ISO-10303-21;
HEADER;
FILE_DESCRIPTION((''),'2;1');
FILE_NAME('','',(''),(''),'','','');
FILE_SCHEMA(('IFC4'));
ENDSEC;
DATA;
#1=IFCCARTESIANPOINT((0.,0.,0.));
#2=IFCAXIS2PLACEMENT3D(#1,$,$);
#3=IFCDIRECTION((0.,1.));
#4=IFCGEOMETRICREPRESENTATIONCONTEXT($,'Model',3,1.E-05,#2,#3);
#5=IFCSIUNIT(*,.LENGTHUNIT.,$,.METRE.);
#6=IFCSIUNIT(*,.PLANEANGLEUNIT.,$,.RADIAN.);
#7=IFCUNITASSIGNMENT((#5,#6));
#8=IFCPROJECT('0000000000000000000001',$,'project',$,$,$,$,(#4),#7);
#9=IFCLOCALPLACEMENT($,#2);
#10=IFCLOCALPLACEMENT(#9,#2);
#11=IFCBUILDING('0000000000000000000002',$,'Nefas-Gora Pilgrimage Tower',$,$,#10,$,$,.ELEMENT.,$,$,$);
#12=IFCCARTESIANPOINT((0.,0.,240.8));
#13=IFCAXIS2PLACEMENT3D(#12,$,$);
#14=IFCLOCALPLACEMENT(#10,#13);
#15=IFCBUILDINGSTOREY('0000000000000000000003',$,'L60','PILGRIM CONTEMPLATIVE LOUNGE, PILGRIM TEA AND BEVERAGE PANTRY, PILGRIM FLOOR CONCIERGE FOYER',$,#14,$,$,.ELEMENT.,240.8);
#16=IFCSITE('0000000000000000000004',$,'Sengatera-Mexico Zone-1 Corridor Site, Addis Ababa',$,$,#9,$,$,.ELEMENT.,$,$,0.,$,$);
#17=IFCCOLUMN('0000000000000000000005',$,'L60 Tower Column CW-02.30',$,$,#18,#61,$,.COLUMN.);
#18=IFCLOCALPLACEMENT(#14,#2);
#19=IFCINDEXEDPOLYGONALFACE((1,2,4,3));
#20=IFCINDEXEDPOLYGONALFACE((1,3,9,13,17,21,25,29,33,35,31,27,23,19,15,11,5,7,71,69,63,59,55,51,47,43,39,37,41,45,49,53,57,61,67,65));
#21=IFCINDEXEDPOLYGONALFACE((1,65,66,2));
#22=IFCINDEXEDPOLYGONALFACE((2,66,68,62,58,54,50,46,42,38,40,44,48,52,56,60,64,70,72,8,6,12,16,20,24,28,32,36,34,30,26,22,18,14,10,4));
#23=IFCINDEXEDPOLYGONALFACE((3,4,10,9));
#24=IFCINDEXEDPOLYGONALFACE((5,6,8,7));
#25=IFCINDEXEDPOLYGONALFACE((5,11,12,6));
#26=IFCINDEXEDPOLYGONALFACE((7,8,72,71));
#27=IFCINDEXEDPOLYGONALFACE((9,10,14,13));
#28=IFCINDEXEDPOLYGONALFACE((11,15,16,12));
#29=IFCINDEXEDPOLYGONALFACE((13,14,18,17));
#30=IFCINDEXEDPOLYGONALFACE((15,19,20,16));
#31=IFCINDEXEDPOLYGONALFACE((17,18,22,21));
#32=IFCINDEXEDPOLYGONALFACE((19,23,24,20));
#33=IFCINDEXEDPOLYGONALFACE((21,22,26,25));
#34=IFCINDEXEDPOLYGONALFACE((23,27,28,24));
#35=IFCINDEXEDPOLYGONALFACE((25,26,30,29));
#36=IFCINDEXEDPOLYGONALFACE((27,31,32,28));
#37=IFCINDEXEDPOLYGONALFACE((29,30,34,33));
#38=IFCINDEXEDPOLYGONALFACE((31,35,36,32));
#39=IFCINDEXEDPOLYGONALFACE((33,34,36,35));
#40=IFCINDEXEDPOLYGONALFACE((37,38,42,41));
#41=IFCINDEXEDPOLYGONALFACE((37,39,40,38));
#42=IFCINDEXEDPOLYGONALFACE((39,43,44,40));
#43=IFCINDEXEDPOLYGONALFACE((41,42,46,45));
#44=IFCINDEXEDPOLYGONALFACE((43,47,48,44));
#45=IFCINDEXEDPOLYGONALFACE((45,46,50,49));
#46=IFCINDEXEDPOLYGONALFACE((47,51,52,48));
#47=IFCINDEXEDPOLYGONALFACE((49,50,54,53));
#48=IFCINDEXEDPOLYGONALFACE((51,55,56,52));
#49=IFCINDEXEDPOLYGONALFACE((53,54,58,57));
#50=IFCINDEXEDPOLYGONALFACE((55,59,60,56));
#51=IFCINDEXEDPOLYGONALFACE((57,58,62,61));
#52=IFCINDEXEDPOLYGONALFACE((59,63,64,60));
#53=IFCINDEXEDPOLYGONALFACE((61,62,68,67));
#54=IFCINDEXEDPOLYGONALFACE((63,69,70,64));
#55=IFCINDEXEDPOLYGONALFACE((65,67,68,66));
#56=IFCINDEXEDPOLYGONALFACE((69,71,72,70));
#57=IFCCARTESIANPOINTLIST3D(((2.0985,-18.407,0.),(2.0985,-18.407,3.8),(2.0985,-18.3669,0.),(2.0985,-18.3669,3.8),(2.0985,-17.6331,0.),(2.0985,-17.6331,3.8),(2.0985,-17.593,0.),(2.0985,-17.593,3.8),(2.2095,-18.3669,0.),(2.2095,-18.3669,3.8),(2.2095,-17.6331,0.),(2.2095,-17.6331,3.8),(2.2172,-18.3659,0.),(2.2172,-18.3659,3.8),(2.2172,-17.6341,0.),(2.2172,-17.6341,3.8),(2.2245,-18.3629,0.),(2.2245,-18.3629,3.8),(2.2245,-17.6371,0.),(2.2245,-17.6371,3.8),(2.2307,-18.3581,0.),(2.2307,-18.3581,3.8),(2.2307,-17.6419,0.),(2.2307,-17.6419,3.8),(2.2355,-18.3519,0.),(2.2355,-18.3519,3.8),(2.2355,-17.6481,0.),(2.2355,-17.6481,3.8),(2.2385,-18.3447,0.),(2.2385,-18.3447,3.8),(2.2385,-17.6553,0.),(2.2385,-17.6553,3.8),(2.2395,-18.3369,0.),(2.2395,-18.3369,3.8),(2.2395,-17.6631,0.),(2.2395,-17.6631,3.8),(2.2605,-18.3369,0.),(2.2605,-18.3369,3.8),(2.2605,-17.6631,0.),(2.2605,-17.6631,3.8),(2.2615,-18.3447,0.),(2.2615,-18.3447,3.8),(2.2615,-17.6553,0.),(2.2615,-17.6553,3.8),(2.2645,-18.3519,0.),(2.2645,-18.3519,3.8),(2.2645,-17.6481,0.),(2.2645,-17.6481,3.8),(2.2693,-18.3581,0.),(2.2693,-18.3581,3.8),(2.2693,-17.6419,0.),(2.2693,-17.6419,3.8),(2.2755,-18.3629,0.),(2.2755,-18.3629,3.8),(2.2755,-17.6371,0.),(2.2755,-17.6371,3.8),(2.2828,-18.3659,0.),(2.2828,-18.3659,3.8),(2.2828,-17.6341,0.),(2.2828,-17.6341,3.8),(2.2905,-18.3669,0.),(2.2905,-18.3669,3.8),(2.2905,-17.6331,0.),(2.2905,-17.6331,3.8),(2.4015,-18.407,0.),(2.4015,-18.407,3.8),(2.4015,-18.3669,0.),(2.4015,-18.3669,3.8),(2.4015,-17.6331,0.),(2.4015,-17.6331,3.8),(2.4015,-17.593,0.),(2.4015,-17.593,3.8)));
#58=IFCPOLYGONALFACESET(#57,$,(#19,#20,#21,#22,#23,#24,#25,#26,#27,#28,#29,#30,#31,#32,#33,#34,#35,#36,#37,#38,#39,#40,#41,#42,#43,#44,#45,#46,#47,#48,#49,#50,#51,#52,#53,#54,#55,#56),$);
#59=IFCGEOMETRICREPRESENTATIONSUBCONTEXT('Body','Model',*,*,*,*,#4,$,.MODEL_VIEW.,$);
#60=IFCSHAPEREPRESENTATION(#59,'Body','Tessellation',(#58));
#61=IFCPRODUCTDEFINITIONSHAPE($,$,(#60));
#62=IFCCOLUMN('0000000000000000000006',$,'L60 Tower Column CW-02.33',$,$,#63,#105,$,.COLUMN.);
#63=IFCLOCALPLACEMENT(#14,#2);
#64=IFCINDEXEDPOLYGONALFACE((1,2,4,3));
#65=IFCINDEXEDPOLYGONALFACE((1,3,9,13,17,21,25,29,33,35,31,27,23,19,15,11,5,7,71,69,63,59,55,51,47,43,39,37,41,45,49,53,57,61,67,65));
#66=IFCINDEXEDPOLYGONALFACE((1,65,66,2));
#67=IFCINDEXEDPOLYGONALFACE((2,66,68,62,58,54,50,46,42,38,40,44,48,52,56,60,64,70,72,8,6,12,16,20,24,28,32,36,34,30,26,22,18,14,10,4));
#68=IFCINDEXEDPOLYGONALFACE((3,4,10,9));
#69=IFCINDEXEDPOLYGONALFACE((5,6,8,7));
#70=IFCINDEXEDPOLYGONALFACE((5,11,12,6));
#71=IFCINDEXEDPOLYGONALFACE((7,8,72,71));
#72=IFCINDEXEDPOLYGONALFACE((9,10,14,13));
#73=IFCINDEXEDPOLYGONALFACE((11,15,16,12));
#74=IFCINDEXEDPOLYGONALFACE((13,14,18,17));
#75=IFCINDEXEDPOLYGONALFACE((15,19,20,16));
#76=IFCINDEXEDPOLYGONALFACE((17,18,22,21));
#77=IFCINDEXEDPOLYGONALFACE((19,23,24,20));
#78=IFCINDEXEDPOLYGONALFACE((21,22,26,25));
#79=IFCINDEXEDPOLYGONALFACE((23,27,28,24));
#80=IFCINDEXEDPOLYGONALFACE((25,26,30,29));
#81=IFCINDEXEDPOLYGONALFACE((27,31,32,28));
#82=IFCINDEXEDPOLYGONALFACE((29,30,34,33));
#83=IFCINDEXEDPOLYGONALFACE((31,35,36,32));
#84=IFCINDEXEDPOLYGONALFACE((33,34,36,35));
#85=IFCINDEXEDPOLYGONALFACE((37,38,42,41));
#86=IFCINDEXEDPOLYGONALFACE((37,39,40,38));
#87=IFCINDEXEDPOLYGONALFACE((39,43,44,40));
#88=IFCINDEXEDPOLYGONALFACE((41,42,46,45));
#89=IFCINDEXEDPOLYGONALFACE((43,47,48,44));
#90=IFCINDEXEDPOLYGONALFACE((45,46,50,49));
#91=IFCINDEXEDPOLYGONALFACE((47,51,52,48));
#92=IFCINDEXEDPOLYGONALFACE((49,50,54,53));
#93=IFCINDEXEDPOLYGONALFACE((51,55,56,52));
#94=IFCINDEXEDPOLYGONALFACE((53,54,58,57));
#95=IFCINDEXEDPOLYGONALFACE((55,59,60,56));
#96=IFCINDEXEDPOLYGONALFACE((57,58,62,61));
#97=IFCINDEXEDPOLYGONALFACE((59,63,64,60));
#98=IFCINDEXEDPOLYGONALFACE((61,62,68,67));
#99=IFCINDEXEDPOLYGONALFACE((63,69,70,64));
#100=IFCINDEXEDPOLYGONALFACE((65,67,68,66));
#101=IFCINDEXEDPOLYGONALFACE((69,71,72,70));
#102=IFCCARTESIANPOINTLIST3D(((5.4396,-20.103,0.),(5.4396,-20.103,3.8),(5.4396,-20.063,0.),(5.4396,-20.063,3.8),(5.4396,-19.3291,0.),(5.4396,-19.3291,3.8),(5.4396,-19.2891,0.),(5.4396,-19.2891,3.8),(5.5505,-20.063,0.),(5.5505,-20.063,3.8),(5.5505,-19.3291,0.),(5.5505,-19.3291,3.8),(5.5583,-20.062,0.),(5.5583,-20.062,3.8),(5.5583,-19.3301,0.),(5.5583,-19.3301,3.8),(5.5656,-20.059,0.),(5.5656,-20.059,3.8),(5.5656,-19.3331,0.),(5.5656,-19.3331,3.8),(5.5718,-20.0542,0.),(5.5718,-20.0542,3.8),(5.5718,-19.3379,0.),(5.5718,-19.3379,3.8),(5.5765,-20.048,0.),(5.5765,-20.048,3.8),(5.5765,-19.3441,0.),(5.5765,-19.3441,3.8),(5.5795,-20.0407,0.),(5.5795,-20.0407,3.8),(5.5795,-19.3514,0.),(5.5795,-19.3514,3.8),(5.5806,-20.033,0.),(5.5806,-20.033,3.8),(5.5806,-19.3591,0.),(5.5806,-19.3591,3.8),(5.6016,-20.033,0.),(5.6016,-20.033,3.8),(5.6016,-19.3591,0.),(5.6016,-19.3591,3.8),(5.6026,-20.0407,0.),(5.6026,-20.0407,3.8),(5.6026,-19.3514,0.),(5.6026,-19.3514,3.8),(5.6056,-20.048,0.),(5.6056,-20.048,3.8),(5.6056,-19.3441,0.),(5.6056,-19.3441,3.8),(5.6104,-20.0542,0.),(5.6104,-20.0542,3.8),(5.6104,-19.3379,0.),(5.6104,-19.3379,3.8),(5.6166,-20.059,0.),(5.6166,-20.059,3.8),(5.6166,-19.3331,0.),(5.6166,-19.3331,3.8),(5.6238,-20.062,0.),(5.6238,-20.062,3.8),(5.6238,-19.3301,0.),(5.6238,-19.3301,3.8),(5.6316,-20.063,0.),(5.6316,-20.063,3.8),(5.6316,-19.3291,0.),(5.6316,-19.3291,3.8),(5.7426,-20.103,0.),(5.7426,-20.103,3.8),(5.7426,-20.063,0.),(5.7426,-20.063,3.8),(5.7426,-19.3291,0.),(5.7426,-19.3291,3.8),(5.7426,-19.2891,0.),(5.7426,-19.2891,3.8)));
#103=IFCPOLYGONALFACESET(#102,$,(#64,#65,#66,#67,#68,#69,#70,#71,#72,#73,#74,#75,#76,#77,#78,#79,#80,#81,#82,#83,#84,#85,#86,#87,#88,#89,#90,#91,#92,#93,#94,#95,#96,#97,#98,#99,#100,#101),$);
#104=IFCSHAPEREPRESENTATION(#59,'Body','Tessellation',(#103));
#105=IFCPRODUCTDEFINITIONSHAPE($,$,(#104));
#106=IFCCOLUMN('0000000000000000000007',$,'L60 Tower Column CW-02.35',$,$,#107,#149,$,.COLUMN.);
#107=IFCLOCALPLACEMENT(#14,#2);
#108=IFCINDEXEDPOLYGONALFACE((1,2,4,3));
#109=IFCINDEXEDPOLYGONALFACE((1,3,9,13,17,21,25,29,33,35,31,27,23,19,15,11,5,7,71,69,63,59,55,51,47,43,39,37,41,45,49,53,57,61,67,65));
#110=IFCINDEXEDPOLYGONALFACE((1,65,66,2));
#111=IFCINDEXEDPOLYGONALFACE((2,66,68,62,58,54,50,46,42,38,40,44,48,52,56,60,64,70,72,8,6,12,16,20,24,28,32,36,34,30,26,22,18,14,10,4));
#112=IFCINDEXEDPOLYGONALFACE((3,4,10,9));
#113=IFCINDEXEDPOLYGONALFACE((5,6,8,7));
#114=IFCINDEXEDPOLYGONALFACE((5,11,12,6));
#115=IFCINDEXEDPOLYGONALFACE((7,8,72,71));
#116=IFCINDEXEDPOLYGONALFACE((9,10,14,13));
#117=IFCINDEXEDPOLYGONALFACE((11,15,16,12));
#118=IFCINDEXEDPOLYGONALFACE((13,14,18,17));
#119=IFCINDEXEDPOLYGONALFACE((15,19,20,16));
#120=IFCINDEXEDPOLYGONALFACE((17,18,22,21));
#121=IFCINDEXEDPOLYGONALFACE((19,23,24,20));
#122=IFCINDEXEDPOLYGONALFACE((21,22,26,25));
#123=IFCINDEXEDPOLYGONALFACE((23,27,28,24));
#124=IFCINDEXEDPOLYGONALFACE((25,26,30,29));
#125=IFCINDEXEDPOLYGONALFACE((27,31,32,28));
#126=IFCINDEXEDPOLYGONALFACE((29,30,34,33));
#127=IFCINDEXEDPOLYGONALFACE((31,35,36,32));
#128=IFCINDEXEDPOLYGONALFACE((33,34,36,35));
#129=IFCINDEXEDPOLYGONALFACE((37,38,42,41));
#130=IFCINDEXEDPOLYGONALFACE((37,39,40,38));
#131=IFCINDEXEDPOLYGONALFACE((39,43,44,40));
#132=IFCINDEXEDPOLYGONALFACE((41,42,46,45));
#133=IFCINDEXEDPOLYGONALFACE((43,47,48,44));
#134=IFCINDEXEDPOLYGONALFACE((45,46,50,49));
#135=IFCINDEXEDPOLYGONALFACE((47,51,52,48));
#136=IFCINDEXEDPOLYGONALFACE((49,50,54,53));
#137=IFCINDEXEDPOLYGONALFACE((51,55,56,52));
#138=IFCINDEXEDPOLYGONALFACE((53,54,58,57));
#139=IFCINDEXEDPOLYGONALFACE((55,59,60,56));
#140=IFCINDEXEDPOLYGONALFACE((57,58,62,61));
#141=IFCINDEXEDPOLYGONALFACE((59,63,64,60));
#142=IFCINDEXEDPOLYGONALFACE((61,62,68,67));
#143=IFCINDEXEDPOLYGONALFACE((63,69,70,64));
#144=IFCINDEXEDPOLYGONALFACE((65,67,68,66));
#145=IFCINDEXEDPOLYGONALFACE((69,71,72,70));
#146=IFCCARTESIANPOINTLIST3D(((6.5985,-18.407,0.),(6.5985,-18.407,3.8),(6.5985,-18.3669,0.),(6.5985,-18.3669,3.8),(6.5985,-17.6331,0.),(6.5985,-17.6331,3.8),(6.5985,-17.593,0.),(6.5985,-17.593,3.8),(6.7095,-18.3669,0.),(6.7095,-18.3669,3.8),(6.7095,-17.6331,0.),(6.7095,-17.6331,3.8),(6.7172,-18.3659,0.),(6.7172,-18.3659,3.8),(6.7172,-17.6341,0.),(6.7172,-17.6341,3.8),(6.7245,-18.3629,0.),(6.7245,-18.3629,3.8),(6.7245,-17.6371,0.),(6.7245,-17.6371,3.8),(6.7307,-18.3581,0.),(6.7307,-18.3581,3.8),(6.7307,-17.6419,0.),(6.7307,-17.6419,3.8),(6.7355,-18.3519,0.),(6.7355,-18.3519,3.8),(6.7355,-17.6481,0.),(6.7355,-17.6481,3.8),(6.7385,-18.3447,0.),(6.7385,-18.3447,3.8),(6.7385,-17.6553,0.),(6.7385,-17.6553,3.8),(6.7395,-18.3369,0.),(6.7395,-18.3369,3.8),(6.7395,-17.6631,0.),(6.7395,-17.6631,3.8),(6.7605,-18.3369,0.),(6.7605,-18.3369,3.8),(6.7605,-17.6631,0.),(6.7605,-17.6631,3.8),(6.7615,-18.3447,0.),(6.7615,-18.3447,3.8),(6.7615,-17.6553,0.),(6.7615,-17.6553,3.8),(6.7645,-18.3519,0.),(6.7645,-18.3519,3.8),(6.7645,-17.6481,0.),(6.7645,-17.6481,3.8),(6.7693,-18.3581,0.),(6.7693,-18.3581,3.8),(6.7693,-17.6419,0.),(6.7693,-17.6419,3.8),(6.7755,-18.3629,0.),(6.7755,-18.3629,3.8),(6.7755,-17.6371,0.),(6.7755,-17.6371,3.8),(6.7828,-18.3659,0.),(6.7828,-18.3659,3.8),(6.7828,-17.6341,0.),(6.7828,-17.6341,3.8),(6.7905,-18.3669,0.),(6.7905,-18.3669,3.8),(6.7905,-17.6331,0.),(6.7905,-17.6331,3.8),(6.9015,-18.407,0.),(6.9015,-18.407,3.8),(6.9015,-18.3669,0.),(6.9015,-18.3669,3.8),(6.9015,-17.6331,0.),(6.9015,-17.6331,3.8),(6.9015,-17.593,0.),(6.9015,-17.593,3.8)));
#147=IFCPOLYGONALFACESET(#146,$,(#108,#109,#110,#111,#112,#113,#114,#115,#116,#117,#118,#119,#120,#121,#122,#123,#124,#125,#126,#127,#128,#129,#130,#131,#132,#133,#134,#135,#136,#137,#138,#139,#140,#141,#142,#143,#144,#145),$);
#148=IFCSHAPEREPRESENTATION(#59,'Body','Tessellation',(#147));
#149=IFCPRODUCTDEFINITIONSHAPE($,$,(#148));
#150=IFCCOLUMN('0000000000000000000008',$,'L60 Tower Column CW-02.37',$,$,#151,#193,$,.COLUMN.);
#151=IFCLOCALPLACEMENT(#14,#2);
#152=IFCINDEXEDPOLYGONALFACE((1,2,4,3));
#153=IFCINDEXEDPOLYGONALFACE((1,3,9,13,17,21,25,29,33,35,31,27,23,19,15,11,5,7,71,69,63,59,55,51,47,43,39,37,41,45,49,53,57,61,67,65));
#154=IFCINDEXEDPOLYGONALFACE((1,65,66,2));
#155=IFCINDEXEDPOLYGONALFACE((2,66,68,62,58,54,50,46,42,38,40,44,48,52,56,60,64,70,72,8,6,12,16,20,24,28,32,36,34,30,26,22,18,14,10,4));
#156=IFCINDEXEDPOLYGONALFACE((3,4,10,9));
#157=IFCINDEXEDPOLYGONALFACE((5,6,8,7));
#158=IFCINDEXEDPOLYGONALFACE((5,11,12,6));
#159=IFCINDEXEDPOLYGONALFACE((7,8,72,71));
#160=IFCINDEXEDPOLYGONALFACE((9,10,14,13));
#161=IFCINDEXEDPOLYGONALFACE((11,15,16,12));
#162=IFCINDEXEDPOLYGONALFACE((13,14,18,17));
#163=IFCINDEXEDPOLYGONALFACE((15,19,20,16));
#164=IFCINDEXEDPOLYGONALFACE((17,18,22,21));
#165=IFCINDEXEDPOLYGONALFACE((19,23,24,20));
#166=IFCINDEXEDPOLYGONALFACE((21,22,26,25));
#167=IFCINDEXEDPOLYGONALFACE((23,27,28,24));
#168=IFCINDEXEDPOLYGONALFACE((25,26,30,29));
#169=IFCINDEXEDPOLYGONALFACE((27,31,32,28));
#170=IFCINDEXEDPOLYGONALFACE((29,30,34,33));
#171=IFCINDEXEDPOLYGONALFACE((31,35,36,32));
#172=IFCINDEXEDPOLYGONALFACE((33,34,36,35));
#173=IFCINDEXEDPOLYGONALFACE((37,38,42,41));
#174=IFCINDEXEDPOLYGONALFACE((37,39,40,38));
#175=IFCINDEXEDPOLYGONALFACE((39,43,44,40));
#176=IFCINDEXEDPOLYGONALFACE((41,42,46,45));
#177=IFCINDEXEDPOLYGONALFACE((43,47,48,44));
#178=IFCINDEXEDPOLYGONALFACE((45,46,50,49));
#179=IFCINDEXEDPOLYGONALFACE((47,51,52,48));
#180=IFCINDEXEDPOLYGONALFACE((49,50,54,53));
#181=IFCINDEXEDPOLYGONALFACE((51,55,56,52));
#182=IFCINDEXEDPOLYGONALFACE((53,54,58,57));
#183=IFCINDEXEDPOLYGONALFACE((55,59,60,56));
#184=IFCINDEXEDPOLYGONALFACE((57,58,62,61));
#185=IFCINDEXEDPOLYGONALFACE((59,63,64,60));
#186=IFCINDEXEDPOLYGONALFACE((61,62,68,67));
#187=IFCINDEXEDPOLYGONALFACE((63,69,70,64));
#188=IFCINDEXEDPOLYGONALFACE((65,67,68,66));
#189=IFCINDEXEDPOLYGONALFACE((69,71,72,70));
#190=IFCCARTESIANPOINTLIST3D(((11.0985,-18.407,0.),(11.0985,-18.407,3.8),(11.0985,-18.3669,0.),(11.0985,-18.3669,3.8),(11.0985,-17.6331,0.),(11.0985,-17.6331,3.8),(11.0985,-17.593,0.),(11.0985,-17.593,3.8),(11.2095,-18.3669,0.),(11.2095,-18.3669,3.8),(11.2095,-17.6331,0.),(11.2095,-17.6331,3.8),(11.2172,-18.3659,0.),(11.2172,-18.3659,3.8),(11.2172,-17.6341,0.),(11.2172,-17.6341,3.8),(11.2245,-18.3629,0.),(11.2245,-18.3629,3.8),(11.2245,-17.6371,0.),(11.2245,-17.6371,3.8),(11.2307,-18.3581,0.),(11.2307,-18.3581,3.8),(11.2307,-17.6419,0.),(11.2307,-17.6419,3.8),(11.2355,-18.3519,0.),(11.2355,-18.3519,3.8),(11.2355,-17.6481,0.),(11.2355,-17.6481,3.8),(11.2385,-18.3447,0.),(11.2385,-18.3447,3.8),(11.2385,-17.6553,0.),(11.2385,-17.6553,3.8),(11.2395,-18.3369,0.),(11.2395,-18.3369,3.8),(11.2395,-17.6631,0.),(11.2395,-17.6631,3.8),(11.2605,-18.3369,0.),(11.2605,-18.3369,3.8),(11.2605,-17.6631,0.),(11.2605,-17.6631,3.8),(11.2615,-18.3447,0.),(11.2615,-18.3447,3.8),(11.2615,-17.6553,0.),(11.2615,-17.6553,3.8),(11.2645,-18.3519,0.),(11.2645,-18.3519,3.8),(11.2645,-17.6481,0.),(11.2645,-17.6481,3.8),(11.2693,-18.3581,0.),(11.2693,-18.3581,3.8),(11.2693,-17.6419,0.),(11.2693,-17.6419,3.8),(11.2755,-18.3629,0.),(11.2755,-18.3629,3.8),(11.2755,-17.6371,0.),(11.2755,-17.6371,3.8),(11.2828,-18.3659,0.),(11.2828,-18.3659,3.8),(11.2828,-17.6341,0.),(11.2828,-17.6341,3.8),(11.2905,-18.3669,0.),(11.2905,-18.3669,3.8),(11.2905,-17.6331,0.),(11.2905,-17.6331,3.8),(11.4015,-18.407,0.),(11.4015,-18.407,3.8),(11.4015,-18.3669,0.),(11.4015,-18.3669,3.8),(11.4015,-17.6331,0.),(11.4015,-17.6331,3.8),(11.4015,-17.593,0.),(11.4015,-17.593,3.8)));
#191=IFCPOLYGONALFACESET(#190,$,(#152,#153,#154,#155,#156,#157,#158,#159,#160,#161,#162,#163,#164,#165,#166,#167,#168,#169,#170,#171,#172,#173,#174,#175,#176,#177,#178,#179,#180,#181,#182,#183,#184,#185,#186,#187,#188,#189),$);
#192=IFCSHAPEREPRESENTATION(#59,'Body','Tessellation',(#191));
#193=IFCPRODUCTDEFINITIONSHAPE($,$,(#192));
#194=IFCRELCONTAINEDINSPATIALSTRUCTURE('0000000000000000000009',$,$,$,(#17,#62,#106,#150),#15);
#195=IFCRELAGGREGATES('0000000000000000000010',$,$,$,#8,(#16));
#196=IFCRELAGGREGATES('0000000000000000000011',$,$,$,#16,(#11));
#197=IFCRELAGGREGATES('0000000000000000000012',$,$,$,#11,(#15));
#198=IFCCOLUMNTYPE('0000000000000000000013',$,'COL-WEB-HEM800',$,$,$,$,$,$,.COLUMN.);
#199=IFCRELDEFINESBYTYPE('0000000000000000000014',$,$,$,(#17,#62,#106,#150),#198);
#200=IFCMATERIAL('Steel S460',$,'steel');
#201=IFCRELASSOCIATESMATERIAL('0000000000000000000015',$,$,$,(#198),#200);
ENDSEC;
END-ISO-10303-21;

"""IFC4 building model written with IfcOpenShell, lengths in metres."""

from ifc_helpers import new_model, si_unit, direction, frame, origin, origin_2d, place, context, subcontext, project, spatial, i_section, extrude, source, transform, mapped, material, material_profile, profile_set, type_object, element, save


model = new_model("IFC4")

# Units and contexts
model_context = context("Model", 3, precision=1e-05, world=origin(), true_north=direction((0.0, 1.0)))
body_context = subcontext(model_context, "Body", "Model", "MODEL_VIEW")
ifc_project = project(units=[si_unit("LENGTHUNIT", "METRE"), si_unit("PLANEANGLEUNIT", "RADIAN")], contexts=[model_context])

# Site, building, storey
site_placement = place(None, origin())
site = spatial("IfcSite", under=ifc_project, at=site_placement, Name="Sengatera-Mexico Zone-1 Corridor Site, Addis Ababa", CompositionType="ELEMENT", RefElevation=0.0)
building_placement = place(site_placement, origin())
building = spatial("IfcBuilding", under=site, at=building_placement, Name="Nefas-Gora Pilgrimage Tower", CompositionType="ELEMENT")
storey_placement = place(building_placement, frame((0.0, 0.0, 240.8)))
storey = spatial("IfcBuildingStorey", under=building, at=storey_placement, Name="L60", Description="PILGRIM CONTEMPLATIVE LOUNGE, PILGRIM TEA AND BEVERAGE PANTRY, PILGRIM FLOOR CONCIERGE FOYER", CompositionType="ELEMENT", Elevation=240.8)

# Columns
ifc_material_1 = material(Name="Steel S460", Category="steel")
ifc_material_profile_1 = material_profile(ifc_material_1, i_section(OverallWidth=0.303, OverallDepth=0.814, WebThickness=0.021, FlangeThickness=0.04, FilletRadius=0.03, at=origin_2d()), Name="HEM 800")
ifc_profile_set_1 = profile_set([ifc_material_profile_1], Name="Steel S460")
column_type_1 = type_object("IfcColumnType", Name="COL-WEB-HEM800", PredefinedType="COLUMN", material=ifc_profile_set_1)
shared_shape_1 = source(origin(), body_context, "Body", "SweptSolid", [
    extrude(i_section(OverallWidth=0.303, OverallDepth=0.814, WebThickness=0.021, FlangeThickness=0.04, FilletRadius=0.03, at=origin_2d()), origin(), (0.0, 0.0, 1.0), 3.8),
])
for number, where, z_axis, x_axis, name in (
    (1, (2.25, -18.0, 0.0), (0.0, 0.0, 1.0), (1.0, 0.0, 0.0), "L60 Tower Column CW-02.30"),
    (2, (5.5911, -19.696, 0.0), (0.0, 0.0, 1.0), (1.0, 0.0, 0.0), "L60 Tower Column CW-02.33"),
    (3, (6.75, -18.0, 0.0), (0.0, 0.0, 1.0), (1.0, 0.0, 0.0), "L60 Tower Column CW-02.35"),
    (4, (11.25, -18.0, 0.0), (0.0, 0.0, 1.0), (1.0, 0.0, 0.0), "L60 Tower Column CW-02.37"),
):
    element("IfcColumn", number, at=place(storey_placement, frame(where, z_axis=z_axis, x_axis=x_axis)), inside=storey, type_object=column_type_1, Name=name, PredefinedType="COLUMN", context=body_context, shape_type="MappedRepresentation", body=[
        mapped(shared_shape_1, transform((0.0, 0.0, 0.0), x_axis=(1.0, 0.0, 0.0), y_axis=(0.0, 1.0, 0.0), z_axis=(0.0, 0.0, 1.0), scale=1.0)),
    ])

save(model, "model.ifc")
